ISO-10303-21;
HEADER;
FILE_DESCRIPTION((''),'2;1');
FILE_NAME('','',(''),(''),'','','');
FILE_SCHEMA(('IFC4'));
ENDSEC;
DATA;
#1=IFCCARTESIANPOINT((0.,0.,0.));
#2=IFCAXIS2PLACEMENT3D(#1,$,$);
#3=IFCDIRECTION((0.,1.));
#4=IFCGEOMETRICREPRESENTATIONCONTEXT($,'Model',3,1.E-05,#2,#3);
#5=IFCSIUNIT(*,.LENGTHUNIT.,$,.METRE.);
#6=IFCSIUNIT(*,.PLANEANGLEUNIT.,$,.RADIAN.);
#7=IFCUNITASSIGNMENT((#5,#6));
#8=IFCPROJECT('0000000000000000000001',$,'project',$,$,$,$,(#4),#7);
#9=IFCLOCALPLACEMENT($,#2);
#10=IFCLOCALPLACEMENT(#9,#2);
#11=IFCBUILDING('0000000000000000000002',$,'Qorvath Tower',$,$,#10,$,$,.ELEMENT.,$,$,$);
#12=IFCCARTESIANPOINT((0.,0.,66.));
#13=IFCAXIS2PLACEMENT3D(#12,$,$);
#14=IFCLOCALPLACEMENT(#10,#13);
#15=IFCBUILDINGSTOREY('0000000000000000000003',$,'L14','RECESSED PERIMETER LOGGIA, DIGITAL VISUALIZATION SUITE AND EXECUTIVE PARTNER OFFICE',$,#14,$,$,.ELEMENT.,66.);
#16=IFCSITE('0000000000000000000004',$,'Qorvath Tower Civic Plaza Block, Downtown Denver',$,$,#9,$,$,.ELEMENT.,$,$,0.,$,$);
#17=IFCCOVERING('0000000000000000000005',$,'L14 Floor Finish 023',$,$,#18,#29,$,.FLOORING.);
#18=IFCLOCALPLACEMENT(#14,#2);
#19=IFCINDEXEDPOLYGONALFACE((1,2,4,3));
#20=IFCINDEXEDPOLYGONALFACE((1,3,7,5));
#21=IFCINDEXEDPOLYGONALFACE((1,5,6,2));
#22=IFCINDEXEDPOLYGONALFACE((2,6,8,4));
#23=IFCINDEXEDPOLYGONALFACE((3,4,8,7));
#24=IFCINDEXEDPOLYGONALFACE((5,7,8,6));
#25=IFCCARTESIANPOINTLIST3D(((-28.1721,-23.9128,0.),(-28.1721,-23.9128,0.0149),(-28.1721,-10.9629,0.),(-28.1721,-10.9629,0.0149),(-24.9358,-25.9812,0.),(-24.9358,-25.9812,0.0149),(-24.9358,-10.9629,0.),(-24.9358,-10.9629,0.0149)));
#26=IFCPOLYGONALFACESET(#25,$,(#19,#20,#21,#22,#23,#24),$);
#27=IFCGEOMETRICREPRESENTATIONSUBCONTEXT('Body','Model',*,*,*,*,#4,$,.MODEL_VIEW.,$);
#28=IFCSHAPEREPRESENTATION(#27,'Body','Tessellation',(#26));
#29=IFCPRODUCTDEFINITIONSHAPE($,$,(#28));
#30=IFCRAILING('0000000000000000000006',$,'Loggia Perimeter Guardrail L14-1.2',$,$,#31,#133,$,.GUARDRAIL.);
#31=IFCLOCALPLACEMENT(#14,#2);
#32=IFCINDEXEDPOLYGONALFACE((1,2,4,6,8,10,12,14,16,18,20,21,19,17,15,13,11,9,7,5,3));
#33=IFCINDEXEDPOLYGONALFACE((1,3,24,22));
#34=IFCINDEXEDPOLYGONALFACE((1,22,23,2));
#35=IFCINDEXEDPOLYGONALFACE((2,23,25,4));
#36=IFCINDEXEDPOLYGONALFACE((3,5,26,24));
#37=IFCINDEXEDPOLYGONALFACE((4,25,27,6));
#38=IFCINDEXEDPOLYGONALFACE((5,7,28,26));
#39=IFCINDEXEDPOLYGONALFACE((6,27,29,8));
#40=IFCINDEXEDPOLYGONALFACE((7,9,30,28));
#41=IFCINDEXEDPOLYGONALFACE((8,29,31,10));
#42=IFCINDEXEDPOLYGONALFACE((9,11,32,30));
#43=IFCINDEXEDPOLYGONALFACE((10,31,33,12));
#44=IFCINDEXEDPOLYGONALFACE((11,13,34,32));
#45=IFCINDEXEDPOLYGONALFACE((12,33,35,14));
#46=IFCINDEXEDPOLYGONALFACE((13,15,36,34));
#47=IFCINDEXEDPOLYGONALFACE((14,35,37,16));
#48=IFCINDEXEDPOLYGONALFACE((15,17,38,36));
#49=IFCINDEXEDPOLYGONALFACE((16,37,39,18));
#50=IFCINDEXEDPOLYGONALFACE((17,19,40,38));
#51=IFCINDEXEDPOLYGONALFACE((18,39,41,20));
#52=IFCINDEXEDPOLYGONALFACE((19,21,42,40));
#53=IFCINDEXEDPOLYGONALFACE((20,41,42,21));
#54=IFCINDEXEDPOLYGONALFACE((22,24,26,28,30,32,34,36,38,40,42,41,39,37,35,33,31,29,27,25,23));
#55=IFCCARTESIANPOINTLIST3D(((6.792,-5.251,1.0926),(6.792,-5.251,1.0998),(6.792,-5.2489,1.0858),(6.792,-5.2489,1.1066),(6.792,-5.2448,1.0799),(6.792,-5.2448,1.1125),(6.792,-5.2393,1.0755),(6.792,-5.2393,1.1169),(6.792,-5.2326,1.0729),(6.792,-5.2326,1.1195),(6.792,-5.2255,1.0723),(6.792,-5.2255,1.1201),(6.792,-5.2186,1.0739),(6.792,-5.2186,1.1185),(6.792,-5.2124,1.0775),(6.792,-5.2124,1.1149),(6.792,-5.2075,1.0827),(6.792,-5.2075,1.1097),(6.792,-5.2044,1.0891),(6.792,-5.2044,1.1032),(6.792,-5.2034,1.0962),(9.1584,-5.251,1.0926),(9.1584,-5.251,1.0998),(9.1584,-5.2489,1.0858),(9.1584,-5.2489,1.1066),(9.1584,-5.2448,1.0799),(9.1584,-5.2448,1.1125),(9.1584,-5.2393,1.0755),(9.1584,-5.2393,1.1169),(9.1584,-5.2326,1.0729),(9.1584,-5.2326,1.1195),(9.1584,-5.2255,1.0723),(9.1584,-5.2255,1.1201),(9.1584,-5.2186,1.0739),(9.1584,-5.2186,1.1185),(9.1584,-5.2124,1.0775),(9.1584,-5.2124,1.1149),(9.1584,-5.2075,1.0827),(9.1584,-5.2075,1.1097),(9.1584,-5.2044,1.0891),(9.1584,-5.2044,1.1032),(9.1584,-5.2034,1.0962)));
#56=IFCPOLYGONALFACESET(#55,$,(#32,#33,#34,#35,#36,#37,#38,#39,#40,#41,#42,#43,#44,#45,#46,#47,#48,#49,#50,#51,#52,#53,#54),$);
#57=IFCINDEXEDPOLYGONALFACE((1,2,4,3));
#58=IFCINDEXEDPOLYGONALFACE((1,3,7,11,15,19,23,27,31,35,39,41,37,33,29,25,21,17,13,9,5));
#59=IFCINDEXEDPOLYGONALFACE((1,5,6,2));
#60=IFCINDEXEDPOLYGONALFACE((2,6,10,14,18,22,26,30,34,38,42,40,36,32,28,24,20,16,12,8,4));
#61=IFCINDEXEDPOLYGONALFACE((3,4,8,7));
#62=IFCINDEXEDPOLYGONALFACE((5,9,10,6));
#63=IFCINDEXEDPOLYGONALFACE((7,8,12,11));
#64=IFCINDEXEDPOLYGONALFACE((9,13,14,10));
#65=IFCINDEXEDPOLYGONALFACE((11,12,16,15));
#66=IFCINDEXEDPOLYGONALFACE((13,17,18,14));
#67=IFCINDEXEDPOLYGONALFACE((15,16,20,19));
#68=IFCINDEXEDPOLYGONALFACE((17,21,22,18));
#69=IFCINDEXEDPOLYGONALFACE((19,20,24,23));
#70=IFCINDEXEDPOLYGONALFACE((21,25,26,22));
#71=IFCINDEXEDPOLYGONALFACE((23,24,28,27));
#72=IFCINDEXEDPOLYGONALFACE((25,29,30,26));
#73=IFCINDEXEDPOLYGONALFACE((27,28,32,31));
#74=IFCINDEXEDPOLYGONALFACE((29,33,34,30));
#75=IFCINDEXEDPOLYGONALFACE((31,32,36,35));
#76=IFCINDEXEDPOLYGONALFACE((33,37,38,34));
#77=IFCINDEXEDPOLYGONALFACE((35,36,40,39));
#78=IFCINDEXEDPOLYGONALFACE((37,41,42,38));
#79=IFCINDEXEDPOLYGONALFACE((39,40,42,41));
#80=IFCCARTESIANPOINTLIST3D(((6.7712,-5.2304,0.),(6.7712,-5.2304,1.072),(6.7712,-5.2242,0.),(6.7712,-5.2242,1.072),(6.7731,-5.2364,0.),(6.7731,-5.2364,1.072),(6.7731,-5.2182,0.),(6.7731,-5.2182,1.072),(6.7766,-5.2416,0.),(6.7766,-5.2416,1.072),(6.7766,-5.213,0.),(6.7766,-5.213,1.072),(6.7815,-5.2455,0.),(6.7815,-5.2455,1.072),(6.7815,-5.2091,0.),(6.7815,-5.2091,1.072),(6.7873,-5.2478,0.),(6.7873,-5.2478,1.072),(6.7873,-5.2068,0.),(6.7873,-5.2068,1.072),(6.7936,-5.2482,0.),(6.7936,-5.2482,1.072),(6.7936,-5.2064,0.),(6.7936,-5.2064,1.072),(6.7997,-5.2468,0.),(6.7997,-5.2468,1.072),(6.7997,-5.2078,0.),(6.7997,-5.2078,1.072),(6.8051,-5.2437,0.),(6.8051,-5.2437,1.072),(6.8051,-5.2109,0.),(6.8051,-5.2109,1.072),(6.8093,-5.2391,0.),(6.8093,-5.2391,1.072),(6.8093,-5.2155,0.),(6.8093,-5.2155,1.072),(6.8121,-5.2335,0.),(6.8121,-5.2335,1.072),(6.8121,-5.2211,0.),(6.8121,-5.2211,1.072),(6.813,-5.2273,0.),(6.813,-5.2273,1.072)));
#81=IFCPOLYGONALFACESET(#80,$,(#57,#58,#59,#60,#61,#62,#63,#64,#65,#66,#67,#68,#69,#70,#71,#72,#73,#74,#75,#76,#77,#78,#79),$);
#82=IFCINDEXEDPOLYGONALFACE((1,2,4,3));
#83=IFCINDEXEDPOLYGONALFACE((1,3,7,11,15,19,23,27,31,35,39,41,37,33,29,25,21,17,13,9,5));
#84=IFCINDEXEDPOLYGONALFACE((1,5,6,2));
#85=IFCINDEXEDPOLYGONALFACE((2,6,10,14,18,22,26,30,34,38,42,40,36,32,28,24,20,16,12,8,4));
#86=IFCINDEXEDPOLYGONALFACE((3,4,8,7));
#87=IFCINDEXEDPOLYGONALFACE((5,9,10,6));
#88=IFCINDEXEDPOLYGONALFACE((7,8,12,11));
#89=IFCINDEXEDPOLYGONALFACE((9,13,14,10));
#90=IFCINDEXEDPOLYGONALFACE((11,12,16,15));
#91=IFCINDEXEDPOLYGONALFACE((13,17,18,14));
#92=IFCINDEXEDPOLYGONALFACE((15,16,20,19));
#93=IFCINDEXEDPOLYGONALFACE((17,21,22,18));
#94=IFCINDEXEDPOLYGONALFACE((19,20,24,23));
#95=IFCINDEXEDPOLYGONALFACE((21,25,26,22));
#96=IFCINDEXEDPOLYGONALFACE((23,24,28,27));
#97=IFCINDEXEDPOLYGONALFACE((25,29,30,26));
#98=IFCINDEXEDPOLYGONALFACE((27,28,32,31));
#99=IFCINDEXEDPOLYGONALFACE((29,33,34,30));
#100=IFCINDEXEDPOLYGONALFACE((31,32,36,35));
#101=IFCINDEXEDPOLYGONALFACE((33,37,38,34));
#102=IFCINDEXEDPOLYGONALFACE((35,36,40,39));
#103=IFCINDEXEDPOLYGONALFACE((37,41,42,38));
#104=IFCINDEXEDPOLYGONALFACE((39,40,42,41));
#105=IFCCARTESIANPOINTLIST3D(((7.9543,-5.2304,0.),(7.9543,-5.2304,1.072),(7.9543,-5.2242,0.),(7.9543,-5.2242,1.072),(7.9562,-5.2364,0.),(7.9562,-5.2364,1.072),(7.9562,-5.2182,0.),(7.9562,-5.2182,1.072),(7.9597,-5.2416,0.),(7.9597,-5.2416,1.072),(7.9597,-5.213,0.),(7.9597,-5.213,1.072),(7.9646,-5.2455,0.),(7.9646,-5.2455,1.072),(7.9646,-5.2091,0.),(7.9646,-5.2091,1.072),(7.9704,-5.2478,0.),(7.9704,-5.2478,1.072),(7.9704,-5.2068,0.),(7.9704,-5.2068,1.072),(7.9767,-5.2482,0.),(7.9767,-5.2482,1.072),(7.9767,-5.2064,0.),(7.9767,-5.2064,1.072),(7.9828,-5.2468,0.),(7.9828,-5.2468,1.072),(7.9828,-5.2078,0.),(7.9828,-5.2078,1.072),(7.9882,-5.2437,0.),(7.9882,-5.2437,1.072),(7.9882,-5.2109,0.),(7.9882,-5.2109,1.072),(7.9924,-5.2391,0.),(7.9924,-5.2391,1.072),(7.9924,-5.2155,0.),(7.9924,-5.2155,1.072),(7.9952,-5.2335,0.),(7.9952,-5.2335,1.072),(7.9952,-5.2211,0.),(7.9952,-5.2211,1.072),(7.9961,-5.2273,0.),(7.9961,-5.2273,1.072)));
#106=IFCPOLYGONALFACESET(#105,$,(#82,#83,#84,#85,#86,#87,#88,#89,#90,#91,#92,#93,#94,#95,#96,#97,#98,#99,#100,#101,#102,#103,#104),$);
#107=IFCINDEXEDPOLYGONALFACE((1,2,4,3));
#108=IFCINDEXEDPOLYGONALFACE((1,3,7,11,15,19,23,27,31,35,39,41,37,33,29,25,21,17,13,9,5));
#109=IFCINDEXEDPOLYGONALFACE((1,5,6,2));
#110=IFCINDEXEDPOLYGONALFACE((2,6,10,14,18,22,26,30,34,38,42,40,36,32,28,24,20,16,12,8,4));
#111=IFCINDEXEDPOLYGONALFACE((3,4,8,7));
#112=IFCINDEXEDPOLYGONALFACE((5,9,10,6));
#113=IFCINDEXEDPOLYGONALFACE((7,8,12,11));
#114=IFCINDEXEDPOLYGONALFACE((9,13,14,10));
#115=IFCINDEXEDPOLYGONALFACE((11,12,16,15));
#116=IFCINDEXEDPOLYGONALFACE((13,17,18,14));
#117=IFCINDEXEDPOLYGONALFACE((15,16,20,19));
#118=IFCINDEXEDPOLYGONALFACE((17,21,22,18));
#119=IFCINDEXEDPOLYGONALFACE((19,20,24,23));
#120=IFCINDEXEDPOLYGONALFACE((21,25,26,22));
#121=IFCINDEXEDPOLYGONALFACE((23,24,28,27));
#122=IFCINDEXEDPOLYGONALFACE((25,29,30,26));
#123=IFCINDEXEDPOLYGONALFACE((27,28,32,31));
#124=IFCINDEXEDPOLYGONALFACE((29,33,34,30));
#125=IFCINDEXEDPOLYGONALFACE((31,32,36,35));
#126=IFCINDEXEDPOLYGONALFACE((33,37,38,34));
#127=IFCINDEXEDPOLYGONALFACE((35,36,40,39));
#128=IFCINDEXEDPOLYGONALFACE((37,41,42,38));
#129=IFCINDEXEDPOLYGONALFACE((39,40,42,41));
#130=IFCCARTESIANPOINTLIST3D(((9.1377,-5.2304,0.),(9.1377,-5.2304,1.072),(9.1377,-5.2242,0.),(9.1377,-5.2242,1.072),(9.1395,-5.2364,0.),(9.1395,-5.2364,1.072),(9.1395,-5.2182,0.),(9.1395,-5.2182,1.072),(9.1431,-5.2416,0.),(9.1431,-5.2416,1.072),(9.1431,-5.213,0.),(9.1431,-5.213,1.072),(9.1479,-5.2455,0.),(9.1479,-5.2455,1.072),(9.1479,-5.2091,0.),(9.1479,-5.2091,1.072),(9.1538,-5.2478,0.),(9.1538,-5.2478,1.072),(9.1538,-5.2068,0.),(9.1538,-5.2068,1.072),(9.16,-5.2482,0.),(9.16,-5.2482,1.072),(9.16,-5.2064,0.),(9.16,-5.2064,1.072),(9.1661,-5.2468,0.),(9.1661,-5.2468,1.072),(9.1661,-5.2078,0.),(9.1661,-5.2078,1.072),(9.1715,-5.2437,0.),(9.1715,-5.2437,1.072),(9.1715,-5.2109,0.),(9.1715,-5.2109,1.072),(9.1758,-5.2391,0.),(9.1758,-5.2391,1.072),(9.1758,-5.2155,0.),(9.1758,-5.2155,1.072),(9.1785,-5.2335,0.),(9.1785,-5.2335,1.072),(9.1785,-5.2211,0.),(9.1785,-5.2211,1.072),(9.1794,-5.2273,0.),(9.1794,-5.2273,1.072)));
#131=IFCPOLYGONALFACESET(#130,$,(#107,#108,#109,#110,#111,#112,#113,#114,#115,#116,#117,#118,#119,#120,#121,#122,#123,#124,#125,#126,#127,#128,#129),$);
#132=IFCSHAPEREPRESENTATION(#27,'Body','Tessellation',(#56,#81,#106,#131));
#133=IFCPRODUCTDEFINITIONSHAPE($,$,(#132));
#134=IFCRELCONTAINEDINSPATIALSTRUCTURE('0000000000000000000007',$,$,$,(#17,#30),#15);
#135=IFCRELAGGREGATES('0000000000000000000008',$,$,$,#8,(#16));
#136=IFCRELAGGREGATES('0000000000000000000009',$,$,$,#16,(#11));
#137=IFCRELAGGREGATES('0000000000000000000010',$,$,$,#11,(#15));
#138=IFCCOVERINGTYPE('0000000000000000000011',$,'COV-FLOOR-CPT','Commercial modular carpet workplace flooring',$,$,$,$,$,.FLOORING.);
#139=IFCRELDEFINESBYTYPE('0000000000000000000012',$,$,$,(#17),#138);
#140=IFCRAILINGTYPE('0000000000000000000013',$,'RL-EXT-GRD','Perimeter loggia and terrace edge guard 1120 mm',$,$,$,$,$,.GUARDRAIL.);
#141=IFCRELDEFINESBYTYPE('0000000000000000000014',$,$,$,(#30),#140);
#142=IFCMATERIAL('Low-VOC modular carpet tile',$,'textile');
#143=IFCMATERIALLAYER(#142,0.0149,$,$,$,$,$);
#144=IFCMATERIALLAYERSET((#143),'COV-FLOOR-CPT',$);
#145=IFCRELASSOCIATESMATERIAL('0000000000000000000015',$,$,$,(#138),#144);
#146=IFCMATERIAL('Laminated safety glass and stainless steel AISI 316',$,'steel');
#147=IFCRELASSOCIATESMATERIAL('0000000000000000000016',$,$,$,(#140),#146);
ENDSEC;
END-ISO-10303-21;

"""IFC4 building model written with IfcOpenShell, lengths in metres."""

from ifc_helpers import new_model, si_unit, direction, frame, origin, origin_2d, place, context, subcontext, project, spatial, polyline, circle, outline, extrude, material, layer, layer_set, type_object, element, save


model = new_model("IFC4")

# Units and contexts
model_context = context("Model", 3, precision=1e-05, world=origin(), true_north=direction((0.0, 1.0)))
body_context = subcontext(model_context, "Body", "Model", "MODEL_VIEW")
ifc_project = project(units=[si_unit("LENGTHUNIT", "METRE"), si_unit("PLANEANGLEUNIT", "RADIAN")], contexts=[model_context])

# Site, building, storey
site_placement = place(None, origin())
site = spatial("IfcSite", under=ifc_project, at=site_placement, Name="Qorvath Tower Civic Plaza Block, Downtown Denver", CompositionType="ELEMENT", RefElevation=0.0)
building_placement = place(site_placement, origin())
building = spatial("IfcBuilding", under=site, at=building_placement, Name="Qorvath Tower", CompositionType="ELEMENT")
storey_placement = place(building_placement, frame((0.0, 0.0, 66.0)))
storey = spatial("IfcBuildingStorey", under=building, at=storey_placement, Name="L14", Description="RECESSED PERIMETER LOGGIA, DIGITAL VISUALIZATION SUITE AND EXECUTIVE PARTNER OFFICE", CompositionType="ELEMENT", Elevation=66.0)

# Covering
ifc_material_1 = material(Name="Low-VOC modular carpet tile", Category="textile")
ifc_layer_1 = layer(ifc_material_1, 0.0149)
ifc_layer_set_1 = layer_set([ifc_layer_1], Name="COV-FLOOR-CPT")
covering_type_1 = type_object("IfcCoveringType", Name="COV-FLOOR-CPT", Description="Commercial modular carpet workplace flooring", PredefinedType="FLOORING", material=ifc_layer_set_1)
covering_1_placement = place(storey_placement, origin())
element("IfcCovering", 1, at=covering_1_placement, inside=storey, type_object=covering_type_1, Name="L14 Floor Finish 023", PredefinedType="FLOORING", context=body_context, shape_type="SweptSolid", body=[
    extrude(outline(polyline([(-28.1721, -10.9629), (-28.1721, -23.9128), (-24.9358, -25.9812), (-24.9358, -10.9629), (-28.1721, -10.9629)])), origin(), (0.0, 0.0, 1.0), 0.0149),
])

# Railing
ifc_material_2 = material(Name="Laminated safety glass and stainless steel AISI 316", Category="steel")
railing_type = type_object("IfcRailingType", Name="RL-EXT-GRD", Description="Perimeter loggia and terrace edge guard 1120 mm", PredefinedType="GUARDRAIL", material=ifc_material_2)
railing_1_placement = place(storey_placement, frame((6.792, -5.2273, 0.0)))
element("IfcRailing", 2, at=railing_1_placement, inside=storey, type_object=railing_type, Name="Loggia Perimeter Guardrail L14-1.2", PredefinedType="GUARDRAIL", context=body_context, shape_type="SweptSolid", body=[
    extrude(circle(Radius=0.0239, at=origin_2d()), frame((0.0, 0.0, 1.0962), z_axis=(1.0, 0.0, 0.0), x_axis=(0.0, 1.0, 0.0)), (0.0, 0.0, 1.0), 2.3665),
    extrude(circle(Radius=0.021, at=origin_2d()), origin(), (0.0, 0.0, 1.0), 1.072),
    extrude(circle(Radius=0.021, at=origin_2d()), frame((1.1831, 0.0, 0.0)), (0.0, 0.0, 1.0), 1.072),
    extrude(circle(Radius=0.021, at=origin_2d()), frame((2.3665, 0.0, 0.0)), (0.0, 0.0, 1.0), 1.072),
])

save(model, "model.ifc")
